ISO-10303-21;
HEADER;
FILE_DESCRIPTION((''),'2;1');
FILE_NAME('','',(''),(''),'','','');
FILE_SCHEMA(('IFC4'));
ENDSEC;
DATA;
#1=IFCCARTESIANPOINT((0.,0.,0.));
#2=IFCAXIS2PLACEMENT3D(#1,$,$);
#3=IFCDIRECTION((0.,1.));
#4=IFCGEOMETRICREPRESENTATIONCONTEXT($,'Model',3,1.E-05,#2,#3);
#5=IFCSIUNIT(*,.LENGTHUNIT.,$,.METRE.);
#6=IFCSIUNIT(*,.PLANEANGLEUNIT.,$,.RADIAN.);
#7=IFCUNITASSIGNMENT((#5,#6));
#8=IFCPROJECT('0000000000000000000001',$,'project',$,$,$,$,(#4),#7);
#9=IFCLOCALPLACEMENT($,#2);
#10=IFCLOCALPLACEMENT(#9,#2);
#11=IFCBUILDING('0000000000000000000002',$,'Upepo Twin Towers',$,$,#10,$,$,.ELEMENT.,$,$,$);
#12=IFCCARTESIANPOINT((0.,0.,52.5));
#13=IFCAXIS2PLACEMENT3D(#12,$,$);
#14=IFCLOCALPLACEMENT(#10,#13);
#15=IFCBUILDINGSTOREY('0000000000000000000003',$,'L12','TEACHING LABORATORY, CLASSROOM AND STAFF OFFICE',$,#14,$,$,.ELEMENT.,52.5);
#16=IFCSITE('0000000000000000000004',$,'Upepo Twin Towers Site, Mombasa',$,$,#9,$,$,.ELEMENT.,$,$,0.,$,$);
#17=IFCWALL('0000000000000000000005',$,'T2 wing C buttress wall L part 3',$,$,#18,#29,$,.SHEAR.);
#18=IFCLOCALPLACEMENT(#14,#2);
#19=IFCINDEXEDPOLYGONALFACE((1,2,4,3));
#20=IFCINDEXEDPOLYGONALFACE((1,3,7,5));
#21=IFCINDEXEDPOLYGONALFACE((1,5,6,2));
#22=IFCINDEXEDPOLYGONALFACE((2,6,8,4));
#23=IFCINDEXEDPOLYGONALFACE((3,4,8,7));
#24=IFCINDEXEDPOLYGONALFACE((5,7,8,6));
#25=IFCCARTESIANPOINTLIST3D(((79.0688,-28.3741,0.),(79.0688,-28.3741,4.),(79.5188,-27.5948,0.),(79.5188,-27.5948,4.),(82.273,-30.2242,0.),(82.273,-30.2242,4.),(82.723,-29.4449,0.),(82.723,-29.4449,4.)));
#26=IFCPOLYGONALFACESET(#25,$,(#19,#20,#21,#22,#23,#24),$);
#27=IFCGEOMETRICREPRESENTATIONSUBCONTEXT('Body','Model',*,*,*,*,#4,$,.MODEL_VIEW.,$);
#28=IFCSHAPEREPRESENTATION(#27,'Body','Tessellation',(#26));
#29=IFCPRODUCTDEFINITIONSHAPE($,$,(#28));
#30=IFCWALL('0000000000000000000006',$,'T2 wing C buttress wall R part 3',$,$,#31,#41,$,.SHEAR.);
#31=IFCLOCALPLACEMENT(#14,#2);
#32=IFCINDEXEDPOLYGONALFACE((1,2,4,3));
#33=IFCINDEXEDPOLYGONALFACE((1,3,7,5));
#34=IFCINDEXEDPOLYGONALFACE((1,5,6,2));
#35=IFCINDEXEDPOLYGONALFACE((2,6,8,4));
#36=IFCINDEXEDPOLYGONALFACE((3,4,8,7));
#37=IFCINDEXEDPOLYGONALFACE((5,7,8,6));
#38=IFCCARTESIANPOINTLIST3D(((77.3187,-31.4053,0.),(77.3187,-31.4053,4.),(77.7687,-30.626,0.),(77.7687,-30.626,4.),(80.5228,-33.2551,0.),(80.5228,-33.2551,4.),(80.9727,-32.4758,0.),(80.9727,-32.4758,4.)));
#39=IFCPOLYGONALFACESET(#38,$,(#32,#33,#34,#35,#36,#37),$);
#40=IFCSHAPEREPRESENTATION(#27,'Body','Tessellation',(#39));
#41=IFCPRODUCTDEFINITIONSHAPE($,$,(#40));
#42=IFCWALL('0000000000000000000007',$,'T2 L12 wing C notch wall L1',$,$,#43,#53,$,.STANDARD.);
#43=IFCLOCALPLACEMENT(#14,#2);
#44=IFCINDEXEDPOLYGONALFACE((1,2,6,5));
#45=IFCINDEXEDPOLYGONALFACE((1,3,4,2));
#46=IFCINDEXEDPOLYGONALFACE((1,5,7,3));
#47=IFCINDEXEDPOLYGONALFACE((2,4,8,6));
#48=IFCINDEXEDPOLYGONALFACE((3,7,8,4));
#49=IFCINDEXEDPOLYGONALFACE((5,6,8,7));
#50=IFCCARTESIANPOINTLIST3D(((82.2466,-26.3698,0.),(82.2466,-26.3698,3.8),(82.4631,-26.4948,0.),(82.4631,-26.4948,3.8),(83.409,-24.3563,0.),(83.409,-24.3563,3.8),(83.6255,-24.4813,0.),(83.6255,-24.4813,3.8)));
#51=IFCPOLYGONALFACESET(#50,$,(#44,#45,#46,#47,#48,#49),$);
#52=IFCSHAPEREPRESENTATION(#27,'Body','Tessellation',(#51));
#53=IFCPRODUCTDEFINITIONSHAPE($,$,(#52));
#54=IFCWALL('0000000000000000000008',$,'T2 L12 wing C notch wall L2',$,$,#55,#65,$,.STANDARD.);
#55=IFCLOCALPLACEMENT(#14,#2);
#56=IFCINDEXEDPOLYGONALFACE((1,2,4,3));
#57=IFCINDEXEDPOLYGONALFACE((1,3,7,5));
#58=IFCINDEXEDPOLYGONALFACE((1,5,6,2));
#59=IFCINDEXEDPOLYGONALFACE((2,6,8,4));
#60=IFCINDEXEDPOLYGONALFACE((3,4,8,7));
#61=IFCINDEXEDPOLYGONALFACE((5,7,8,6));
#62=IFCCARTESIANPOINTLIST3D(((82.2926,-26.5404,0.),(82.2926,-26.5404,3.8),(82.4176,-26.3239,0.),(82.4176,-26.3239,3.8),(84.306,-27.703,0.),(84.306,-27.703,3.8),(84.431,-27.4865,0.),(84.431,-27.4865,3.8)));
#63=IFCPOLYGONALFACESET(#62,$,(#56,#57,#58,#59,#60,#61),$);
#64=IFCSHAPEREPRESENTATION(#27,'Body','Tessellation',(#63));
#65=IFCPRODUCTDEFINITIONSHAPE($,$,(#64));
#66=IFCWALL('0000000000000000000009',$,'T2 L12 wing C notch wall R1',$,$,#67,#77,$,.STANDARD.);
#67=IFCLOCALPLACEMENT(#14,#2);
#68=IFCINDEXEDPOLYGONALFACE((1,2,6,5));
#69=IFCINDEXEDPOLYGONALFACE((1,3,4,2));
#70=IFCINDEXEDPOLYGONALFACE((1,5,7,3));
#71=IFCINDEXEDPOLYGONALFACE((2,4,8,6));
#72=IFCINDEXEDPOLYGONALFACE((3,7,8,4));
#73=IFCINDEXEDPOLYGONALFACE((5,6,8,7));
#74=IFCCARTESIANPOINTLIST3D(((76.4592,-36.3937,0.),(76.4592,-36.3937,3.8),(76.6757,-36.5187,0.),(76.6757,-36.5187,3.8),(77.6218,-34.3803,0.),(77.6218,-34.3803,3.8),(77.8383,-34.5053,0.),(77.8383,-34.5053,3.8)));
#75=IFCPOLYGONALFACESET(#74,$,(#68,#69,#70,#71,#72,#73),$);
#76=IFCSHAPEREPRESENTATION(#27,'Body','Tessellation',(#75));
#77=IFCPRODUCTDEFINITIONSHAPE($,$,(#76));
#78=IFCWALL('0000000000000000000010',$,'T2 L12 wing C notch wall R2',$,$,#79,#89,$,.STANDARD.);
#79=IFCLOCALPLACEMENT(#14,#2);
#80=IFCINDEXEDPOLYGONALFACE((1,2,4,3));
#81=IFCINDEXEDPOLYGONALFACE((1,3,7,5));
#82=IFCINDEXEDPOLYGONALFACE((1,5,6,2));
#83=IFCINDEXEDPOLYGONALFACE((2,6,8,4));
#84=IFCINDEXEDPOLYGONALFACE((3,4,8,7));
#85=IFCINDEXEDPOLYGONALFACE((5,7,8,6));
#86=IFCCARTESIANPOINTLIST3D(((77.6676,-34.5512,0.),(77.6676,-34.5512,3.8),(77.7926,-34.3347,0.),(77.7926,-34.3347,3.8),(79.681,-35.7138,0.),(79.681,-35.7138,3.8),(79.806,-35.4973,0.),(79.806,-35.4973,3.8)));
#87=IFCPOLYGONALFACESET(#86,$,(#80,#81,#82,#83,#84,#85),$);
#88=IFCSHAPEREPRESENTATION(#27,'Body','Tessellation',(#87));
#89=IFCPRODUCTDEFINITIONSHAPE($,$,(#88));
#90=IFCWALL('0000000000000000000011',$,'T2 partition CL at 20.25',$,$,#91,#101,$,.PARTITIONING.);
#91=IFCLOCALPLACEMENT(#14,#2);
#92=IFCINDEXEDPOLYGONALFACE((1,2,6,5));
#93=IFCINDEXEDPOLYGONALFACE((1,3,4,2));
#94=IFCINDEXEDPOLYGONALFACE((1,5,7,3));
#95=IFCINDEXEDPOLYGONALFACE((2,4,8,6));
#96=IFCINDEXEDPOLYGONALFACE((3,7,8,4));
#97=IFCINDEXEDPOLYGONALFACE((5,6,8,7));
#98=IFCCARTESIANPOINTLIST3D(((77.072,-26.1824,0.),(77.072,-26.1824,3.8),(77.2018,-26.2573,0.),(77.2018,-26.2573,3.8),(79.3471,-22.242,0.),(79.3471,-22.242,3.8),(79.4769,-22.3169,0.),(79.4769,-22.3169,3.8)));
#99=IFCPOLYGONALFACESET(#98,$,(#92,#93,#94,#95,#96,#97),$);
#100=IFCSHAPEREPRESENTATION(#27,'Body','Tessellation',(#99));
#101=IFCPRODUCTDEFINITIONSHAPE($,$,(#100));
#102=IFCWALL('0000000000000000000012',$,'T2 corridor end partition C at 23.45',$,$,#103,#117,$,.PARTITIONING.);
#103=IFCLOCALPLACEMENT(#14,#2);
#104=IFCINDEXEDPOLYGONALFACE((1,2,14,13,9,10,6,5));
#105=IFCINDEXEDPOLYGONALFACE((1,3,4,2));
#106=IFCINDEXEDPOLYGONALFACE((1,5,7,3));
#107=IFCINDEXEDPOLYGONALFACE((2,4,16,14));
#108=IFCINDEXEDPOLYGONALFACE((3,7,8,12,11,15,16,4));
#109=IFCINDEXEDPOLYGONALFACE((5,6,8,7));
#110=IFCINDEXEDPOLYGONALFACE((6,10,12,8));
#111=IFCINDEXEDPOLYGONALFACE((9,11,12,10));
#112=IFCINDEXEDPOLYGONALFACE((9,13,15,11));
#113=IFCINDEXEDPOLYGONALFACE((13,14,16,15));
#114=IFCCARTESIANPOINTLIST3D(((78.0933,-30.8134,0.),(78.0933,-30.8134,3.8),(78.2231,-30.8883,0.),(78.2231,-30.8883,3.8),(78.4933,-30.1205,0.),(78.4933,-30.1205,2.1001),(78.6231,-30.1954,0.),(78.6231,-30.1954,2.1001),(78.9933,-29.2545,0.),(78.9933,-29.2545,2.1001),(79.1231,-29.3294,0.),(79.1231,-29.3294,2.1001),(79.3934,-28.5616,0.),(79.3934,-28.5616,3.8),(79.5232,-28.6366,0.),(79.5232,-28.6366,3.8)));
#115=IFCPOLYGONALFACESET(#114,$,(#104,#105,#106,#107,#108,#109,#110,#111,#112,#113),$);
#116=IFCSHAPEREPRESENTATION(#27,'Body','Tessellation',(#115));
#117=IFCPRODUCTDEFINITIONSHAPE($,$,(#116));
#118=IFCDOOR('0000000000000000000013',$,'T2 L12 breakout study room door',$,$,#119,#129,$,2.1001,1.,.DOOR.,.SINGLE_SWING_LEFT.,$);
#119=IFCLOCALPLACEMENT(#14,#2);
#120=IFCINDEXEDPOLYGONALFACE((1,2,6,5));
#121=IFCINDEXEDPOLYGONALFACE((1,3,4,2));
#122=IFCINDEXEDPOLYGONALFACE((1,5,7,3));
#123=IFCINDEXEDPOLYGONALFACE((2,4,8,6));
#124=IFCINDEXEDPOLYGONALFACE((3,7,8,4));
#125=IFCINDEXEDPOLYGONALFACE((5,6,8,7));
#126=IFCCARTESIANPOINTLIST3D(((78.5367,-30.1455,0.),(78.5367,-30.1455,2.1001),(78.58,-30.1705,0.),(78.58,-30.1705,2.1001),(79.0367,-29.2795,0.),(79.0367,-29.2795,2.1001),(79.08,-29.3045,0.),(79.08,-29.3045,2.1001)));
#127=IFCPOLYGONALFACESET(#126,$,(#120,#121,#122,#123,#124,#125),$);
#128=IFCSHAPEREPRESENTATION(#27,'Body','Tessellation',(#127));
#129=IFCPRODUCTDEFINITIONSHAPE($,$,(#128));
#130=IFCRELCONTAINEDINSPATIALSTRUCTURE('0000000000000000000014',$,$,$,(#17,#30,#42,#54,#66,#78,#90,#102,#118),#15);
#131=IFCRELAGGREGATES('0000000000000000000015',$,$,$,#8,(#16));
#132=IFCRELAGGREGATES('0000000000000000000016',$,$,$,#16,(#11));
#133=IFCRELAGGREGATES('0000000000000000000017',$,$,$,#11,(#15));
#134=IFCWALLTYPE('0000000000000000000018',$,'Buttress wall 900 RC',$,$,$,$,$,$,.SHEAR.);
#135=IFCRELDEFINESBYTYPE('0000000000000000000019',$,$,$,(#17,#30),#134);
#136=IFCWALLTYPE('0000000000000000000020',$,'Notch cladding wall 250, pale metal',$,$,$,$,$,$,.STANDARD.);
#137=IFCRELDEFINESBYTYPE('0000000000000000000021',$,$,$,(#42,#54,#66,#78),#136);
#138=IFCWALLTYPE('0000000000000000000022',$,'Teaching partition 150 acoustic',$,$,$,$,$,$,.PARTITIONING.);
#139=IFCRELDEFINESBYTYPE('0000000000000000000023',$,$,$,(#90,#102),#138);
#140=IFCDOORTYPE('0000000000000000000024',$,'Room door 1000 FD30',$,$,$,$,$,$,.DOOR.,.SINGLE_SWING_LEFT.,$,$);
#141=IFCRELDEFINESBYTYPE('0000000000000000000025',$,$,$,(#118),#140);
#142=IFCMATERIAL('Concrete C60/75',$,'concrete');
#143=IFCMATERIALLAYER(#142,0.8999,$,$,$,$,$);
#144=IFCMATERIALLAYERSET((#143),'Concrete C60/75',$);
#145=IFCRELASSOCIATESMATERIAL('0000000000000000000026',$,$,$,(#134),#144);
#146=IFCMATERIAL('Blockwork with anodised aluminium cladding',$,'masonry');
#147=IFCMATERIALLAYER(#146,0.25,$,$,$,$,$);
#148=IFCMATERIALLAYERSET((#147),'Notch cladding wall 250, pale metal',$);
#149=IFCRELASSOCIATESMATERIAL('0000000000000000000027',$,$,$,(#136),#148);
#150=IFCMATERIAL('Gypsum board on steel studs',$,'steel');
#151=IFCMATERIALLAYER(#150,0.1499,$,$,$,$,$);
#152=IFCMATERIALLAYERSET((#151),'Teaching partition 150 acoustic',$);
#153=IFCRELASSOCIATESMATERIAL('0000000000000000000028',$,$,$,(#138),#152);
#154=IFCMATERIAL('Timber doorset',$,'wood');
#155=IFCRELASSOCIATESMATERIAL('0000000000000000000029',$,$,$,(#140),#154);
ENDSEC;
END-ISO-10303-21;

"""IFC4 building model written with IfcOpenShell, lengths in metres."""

from ifc_helpers import new_model, si_unit, direction, frame, frame_2d, origin, place, context, subcontext, project, spatial, rectangle, extrude, material, layer, layer_set, type_object, element, fill, save


model = new_model("IFC4")

# Units and contexts
model_context = context("Model", 3, precision=1e-05, world=origin(), true_north=direction((0.0, 1.0)))
body_context = subcontext(model_context, "Body", "Model", "MODEL_VIEW")
ifc_project = project(units=[si_unit("LENGTHUNIT", "METRE"), si_unit("PLANEANGLEUNIT", "RADIAN")], contexts=[model_context])

# Site, building, storey
site_placement = place(None, origin())
site = spatial("IfcSite", under=ifc_project, at=site_placement, Name="Upepo Twin Towers Site, Mombasa", CompositionType="ELEMENT", RefElevation=0.0)
building_placement = place(site_placement, origin())
building = spatial("IfcBuilding", under=site, at=building_placement, Name="Upepo Twin Towers", CompositionType="ELEMENT")
storey_placement = place(building_placement, frame((0.0, 0.0, 52.5)))
storey = spatial("IfcBuildingStorey", under=building, at=storey_placement, Name="L12", Description="TEACHING LABORATORY, CLASSROOM AND STAFF OFFICE", CompositionType="ELEMENT", Elevation=52.5)

# Walls
ifc_material_1 = material(Name="Concrete C60/75", Category="concrete")
ifc_layer_1 = layer(ifc_material_1, 0.8999)
ifc_layer_set_1 = layer_set([ifc_layer_1], Name="Concrete C60/75")
wall_type_1 = type_object("IfcWallType", Name="Buttress wall 900 RC", PredefinedType="SHEAR", material=ifc_layer_set_1)
wall_1_placement = place(storey_placement, frame((79.2937, -27.9844, 0.0), z_axis=(0.0, 0.0, 1.0), x_axis=(0.866001, -0.500042, 0.0)))
element("IfcWall", 1, at=wall_1_placement, inside=storey, type_object=wall_type_1, Name="T2 wing C buttress wall L part 3", PredefinedType="SHEAR", context=body_context, shape_type="SweptSolid", body=[
    extrude(rectangle(XDim=3.7, YDim=0.8999, at=frame_2d((1.8501, 0.0))), origin(), (0.0, 0.0, 1.0), 4.0),
])
wall_2_placement = place(storey_placement, frame((77.5437, -31.0156, 0.0), z_axis=(0.0, 0.0, 1.0), x_axis=(0.86603, -0.499993, 0.0)))
element("IfcWall", 2, at=wall_2_placement, inside=storey, type_object=wall_type_1, Name="T2 wing C buttress wall R part 3", PredefinedType="SHEAR", context=body_context, shape_type="SweptSolid", body=[
    extrude(rectangle(XDim=3.6997, YDim=0.8999, at=frame_2d((1.8499, 0.0))), origin(), (0.0, 0.0, 1.0), 4.0),
])
ifc_material_2 = material(Name="Blockwork with anodised aluminium cladding", Category="masonry")
ifc_layer_2 = layer(ifc_material_2, 0.25)
ifc_layer_set_2 = layer_set([ifc_layer_2], Name="Notch cladding wall 250, pale metal")
wall_type_2 = type_object("IfcWallType", Name="Notch cladding wall 250, pale metal", PredefinedType="STANDARD", material=ifc_layer_set_2)
for number, where, z_axis, x_axis, name in (
    (3, (83.5173, -24.4187, 0.0), (0.0, 0.0, 1.0), (-0.499968, -0.866044, 0.0), "T2 L12 wing C notch wall L1"),
    (4, (82.355, -26.4321, 0.0), (0.0, 0.0, 1.0), (0.865998, -0.500047, 0.0), "T2 L12 wing C notch wall L2"),
    (5, (76.5674, -36.4563, 0.0), (0.0, 0.0, 1.0), (0.500047, 0.865998, 0.0), "T2 L12 wing C notch wall R1"),
    (6, (77.73, -34.4429, 0.0), (0.0, 0.0, 1.0), (0.865998, -0.500047, 0.0), "T2 L12 wing C notch wall R2"),
):
    element("IfcWall", number, at=place(storey_placement, frame(where, z_axis=z_axis, x_axis=x_axis)), inside=storey, type_object=wall_type_2, Name=name, PredefinedType="STANDARD", context=body_context, shape_type="SweptSolid", body=[
        extrude(rectangle(XDim=2.325, YDim=0.25, at=frame_2d((1.1626, 0.0))), origin(), (0.0, 0.0, 1.0), 3.8),
    ])
ifc_material_3 = material(Name="Gypsum board on steel studs", Category="steel")
ifc_layer_3 = layer(ifc_material_3, 0.1499)
ifc_layer_set_3 = layer_set([ifc_layer_3], Name="Teaching partition 150 acoustic")
wall_type_3 = type_object("IfcWallType", Name="Teaching partition 150 acoustic", PredefinedType="PARTITIONING", material=ifc_layer_set_3)
wall_3_placement = place(storey_placement, frame((77.137, -26.2197, 0.0), z_axis=(0.0, 0.0, 1.0), x_axis=(0.500023, 0.866012, 0.0)))
element("IfcWall", 7, at=wall_3_placement, inside=storey, type_object=wall_type_3, Name="T2 partition CL at 20.25", PredefinedType="PARTITIONING", context=body_context, shape_type="SweptSolid", body=[
    extrude(rectangle(XDim=4.55, YDim=0.1499, at=frame_2d((2.2749, 0.0))), origin(), (0.0, 0.0, 1.0), 3.8),
])

# Wall, opening, door
wall_4_placement = place(storey_placement, frame((78.1582, -30.8508, 0.0), z_axis=(0.0, 0.0, 1.0), x_axis=(0.500007, 0.866021, 0.0)))
wall_4 = element("IfcWall", 8, at=wall_4_placement, inside=storey, type_object=wall_type_3, Name="T2 corridor end partition C at 23.45", PredefinedType="PARTITIONING", context=body_context, shape_type="SweptSolid", body=[
    extrude(rectangle(XDim=2.6001, YDim=0.1499, at=frame_2d((1.3, 0.0))), origin(), (0.0, 0.0, 1.0), 3.8),
])
opening_placement = place(wall_4_placement, frame((0.8, 0.0, 0.0)))
opening = element("IfcOpeningElement", 9, at=opening_placement, cuts=wall_4, PredefinedType="OPENING", context=body_context, shape_type="SweptSolid", body=[
    extrude(rectangle(XDim=1.0, YDim=2.1001, at=frame_2d((0.5, 1.05))), frame((0.0, 0.085, 0.0), z_axis=(0.0, -1.0, 0.0), x_axis=(1.0, 0.0, 0.0)), (0.0, 0.0, 1.0), 0.1699),
])
ifc_material_4 = material(Name="Timber doorset", Category="wood")
door_type = type_object("IfcDoorType", Name="Room door 1000 FD30", OperationType="SINGLE_SWING_LEFT", PredefinedType="DOOR", material=ifc_material_4)
door_placement = place(opening_placement, origin())
door = element("IfcDoor", 10, at=door_placement, inside=storey, type_object=door_type, Name="T2 L12 breakout study room door", OperationType="SINGLE_SWING_LEFT", OverallHeight=2.1001, OverallWidth=1.0, PredefinedType="DOOR", context=body_context, shape_type="SweptSolid", body=[
    extrude(rectangle(XDim=1.0, YDim=2.1001, at=frame_2d((0.5, 1.05))), frame((0.0, 0.0249, 0.0), z_axis=(0.0, -1.0, 0.0), x_axis=(1.0, 0.0, 0.0)), (0.0, 0.0, 1.0), 0.05),
])
fill(opening, door)

save(model, "model.ifc")
